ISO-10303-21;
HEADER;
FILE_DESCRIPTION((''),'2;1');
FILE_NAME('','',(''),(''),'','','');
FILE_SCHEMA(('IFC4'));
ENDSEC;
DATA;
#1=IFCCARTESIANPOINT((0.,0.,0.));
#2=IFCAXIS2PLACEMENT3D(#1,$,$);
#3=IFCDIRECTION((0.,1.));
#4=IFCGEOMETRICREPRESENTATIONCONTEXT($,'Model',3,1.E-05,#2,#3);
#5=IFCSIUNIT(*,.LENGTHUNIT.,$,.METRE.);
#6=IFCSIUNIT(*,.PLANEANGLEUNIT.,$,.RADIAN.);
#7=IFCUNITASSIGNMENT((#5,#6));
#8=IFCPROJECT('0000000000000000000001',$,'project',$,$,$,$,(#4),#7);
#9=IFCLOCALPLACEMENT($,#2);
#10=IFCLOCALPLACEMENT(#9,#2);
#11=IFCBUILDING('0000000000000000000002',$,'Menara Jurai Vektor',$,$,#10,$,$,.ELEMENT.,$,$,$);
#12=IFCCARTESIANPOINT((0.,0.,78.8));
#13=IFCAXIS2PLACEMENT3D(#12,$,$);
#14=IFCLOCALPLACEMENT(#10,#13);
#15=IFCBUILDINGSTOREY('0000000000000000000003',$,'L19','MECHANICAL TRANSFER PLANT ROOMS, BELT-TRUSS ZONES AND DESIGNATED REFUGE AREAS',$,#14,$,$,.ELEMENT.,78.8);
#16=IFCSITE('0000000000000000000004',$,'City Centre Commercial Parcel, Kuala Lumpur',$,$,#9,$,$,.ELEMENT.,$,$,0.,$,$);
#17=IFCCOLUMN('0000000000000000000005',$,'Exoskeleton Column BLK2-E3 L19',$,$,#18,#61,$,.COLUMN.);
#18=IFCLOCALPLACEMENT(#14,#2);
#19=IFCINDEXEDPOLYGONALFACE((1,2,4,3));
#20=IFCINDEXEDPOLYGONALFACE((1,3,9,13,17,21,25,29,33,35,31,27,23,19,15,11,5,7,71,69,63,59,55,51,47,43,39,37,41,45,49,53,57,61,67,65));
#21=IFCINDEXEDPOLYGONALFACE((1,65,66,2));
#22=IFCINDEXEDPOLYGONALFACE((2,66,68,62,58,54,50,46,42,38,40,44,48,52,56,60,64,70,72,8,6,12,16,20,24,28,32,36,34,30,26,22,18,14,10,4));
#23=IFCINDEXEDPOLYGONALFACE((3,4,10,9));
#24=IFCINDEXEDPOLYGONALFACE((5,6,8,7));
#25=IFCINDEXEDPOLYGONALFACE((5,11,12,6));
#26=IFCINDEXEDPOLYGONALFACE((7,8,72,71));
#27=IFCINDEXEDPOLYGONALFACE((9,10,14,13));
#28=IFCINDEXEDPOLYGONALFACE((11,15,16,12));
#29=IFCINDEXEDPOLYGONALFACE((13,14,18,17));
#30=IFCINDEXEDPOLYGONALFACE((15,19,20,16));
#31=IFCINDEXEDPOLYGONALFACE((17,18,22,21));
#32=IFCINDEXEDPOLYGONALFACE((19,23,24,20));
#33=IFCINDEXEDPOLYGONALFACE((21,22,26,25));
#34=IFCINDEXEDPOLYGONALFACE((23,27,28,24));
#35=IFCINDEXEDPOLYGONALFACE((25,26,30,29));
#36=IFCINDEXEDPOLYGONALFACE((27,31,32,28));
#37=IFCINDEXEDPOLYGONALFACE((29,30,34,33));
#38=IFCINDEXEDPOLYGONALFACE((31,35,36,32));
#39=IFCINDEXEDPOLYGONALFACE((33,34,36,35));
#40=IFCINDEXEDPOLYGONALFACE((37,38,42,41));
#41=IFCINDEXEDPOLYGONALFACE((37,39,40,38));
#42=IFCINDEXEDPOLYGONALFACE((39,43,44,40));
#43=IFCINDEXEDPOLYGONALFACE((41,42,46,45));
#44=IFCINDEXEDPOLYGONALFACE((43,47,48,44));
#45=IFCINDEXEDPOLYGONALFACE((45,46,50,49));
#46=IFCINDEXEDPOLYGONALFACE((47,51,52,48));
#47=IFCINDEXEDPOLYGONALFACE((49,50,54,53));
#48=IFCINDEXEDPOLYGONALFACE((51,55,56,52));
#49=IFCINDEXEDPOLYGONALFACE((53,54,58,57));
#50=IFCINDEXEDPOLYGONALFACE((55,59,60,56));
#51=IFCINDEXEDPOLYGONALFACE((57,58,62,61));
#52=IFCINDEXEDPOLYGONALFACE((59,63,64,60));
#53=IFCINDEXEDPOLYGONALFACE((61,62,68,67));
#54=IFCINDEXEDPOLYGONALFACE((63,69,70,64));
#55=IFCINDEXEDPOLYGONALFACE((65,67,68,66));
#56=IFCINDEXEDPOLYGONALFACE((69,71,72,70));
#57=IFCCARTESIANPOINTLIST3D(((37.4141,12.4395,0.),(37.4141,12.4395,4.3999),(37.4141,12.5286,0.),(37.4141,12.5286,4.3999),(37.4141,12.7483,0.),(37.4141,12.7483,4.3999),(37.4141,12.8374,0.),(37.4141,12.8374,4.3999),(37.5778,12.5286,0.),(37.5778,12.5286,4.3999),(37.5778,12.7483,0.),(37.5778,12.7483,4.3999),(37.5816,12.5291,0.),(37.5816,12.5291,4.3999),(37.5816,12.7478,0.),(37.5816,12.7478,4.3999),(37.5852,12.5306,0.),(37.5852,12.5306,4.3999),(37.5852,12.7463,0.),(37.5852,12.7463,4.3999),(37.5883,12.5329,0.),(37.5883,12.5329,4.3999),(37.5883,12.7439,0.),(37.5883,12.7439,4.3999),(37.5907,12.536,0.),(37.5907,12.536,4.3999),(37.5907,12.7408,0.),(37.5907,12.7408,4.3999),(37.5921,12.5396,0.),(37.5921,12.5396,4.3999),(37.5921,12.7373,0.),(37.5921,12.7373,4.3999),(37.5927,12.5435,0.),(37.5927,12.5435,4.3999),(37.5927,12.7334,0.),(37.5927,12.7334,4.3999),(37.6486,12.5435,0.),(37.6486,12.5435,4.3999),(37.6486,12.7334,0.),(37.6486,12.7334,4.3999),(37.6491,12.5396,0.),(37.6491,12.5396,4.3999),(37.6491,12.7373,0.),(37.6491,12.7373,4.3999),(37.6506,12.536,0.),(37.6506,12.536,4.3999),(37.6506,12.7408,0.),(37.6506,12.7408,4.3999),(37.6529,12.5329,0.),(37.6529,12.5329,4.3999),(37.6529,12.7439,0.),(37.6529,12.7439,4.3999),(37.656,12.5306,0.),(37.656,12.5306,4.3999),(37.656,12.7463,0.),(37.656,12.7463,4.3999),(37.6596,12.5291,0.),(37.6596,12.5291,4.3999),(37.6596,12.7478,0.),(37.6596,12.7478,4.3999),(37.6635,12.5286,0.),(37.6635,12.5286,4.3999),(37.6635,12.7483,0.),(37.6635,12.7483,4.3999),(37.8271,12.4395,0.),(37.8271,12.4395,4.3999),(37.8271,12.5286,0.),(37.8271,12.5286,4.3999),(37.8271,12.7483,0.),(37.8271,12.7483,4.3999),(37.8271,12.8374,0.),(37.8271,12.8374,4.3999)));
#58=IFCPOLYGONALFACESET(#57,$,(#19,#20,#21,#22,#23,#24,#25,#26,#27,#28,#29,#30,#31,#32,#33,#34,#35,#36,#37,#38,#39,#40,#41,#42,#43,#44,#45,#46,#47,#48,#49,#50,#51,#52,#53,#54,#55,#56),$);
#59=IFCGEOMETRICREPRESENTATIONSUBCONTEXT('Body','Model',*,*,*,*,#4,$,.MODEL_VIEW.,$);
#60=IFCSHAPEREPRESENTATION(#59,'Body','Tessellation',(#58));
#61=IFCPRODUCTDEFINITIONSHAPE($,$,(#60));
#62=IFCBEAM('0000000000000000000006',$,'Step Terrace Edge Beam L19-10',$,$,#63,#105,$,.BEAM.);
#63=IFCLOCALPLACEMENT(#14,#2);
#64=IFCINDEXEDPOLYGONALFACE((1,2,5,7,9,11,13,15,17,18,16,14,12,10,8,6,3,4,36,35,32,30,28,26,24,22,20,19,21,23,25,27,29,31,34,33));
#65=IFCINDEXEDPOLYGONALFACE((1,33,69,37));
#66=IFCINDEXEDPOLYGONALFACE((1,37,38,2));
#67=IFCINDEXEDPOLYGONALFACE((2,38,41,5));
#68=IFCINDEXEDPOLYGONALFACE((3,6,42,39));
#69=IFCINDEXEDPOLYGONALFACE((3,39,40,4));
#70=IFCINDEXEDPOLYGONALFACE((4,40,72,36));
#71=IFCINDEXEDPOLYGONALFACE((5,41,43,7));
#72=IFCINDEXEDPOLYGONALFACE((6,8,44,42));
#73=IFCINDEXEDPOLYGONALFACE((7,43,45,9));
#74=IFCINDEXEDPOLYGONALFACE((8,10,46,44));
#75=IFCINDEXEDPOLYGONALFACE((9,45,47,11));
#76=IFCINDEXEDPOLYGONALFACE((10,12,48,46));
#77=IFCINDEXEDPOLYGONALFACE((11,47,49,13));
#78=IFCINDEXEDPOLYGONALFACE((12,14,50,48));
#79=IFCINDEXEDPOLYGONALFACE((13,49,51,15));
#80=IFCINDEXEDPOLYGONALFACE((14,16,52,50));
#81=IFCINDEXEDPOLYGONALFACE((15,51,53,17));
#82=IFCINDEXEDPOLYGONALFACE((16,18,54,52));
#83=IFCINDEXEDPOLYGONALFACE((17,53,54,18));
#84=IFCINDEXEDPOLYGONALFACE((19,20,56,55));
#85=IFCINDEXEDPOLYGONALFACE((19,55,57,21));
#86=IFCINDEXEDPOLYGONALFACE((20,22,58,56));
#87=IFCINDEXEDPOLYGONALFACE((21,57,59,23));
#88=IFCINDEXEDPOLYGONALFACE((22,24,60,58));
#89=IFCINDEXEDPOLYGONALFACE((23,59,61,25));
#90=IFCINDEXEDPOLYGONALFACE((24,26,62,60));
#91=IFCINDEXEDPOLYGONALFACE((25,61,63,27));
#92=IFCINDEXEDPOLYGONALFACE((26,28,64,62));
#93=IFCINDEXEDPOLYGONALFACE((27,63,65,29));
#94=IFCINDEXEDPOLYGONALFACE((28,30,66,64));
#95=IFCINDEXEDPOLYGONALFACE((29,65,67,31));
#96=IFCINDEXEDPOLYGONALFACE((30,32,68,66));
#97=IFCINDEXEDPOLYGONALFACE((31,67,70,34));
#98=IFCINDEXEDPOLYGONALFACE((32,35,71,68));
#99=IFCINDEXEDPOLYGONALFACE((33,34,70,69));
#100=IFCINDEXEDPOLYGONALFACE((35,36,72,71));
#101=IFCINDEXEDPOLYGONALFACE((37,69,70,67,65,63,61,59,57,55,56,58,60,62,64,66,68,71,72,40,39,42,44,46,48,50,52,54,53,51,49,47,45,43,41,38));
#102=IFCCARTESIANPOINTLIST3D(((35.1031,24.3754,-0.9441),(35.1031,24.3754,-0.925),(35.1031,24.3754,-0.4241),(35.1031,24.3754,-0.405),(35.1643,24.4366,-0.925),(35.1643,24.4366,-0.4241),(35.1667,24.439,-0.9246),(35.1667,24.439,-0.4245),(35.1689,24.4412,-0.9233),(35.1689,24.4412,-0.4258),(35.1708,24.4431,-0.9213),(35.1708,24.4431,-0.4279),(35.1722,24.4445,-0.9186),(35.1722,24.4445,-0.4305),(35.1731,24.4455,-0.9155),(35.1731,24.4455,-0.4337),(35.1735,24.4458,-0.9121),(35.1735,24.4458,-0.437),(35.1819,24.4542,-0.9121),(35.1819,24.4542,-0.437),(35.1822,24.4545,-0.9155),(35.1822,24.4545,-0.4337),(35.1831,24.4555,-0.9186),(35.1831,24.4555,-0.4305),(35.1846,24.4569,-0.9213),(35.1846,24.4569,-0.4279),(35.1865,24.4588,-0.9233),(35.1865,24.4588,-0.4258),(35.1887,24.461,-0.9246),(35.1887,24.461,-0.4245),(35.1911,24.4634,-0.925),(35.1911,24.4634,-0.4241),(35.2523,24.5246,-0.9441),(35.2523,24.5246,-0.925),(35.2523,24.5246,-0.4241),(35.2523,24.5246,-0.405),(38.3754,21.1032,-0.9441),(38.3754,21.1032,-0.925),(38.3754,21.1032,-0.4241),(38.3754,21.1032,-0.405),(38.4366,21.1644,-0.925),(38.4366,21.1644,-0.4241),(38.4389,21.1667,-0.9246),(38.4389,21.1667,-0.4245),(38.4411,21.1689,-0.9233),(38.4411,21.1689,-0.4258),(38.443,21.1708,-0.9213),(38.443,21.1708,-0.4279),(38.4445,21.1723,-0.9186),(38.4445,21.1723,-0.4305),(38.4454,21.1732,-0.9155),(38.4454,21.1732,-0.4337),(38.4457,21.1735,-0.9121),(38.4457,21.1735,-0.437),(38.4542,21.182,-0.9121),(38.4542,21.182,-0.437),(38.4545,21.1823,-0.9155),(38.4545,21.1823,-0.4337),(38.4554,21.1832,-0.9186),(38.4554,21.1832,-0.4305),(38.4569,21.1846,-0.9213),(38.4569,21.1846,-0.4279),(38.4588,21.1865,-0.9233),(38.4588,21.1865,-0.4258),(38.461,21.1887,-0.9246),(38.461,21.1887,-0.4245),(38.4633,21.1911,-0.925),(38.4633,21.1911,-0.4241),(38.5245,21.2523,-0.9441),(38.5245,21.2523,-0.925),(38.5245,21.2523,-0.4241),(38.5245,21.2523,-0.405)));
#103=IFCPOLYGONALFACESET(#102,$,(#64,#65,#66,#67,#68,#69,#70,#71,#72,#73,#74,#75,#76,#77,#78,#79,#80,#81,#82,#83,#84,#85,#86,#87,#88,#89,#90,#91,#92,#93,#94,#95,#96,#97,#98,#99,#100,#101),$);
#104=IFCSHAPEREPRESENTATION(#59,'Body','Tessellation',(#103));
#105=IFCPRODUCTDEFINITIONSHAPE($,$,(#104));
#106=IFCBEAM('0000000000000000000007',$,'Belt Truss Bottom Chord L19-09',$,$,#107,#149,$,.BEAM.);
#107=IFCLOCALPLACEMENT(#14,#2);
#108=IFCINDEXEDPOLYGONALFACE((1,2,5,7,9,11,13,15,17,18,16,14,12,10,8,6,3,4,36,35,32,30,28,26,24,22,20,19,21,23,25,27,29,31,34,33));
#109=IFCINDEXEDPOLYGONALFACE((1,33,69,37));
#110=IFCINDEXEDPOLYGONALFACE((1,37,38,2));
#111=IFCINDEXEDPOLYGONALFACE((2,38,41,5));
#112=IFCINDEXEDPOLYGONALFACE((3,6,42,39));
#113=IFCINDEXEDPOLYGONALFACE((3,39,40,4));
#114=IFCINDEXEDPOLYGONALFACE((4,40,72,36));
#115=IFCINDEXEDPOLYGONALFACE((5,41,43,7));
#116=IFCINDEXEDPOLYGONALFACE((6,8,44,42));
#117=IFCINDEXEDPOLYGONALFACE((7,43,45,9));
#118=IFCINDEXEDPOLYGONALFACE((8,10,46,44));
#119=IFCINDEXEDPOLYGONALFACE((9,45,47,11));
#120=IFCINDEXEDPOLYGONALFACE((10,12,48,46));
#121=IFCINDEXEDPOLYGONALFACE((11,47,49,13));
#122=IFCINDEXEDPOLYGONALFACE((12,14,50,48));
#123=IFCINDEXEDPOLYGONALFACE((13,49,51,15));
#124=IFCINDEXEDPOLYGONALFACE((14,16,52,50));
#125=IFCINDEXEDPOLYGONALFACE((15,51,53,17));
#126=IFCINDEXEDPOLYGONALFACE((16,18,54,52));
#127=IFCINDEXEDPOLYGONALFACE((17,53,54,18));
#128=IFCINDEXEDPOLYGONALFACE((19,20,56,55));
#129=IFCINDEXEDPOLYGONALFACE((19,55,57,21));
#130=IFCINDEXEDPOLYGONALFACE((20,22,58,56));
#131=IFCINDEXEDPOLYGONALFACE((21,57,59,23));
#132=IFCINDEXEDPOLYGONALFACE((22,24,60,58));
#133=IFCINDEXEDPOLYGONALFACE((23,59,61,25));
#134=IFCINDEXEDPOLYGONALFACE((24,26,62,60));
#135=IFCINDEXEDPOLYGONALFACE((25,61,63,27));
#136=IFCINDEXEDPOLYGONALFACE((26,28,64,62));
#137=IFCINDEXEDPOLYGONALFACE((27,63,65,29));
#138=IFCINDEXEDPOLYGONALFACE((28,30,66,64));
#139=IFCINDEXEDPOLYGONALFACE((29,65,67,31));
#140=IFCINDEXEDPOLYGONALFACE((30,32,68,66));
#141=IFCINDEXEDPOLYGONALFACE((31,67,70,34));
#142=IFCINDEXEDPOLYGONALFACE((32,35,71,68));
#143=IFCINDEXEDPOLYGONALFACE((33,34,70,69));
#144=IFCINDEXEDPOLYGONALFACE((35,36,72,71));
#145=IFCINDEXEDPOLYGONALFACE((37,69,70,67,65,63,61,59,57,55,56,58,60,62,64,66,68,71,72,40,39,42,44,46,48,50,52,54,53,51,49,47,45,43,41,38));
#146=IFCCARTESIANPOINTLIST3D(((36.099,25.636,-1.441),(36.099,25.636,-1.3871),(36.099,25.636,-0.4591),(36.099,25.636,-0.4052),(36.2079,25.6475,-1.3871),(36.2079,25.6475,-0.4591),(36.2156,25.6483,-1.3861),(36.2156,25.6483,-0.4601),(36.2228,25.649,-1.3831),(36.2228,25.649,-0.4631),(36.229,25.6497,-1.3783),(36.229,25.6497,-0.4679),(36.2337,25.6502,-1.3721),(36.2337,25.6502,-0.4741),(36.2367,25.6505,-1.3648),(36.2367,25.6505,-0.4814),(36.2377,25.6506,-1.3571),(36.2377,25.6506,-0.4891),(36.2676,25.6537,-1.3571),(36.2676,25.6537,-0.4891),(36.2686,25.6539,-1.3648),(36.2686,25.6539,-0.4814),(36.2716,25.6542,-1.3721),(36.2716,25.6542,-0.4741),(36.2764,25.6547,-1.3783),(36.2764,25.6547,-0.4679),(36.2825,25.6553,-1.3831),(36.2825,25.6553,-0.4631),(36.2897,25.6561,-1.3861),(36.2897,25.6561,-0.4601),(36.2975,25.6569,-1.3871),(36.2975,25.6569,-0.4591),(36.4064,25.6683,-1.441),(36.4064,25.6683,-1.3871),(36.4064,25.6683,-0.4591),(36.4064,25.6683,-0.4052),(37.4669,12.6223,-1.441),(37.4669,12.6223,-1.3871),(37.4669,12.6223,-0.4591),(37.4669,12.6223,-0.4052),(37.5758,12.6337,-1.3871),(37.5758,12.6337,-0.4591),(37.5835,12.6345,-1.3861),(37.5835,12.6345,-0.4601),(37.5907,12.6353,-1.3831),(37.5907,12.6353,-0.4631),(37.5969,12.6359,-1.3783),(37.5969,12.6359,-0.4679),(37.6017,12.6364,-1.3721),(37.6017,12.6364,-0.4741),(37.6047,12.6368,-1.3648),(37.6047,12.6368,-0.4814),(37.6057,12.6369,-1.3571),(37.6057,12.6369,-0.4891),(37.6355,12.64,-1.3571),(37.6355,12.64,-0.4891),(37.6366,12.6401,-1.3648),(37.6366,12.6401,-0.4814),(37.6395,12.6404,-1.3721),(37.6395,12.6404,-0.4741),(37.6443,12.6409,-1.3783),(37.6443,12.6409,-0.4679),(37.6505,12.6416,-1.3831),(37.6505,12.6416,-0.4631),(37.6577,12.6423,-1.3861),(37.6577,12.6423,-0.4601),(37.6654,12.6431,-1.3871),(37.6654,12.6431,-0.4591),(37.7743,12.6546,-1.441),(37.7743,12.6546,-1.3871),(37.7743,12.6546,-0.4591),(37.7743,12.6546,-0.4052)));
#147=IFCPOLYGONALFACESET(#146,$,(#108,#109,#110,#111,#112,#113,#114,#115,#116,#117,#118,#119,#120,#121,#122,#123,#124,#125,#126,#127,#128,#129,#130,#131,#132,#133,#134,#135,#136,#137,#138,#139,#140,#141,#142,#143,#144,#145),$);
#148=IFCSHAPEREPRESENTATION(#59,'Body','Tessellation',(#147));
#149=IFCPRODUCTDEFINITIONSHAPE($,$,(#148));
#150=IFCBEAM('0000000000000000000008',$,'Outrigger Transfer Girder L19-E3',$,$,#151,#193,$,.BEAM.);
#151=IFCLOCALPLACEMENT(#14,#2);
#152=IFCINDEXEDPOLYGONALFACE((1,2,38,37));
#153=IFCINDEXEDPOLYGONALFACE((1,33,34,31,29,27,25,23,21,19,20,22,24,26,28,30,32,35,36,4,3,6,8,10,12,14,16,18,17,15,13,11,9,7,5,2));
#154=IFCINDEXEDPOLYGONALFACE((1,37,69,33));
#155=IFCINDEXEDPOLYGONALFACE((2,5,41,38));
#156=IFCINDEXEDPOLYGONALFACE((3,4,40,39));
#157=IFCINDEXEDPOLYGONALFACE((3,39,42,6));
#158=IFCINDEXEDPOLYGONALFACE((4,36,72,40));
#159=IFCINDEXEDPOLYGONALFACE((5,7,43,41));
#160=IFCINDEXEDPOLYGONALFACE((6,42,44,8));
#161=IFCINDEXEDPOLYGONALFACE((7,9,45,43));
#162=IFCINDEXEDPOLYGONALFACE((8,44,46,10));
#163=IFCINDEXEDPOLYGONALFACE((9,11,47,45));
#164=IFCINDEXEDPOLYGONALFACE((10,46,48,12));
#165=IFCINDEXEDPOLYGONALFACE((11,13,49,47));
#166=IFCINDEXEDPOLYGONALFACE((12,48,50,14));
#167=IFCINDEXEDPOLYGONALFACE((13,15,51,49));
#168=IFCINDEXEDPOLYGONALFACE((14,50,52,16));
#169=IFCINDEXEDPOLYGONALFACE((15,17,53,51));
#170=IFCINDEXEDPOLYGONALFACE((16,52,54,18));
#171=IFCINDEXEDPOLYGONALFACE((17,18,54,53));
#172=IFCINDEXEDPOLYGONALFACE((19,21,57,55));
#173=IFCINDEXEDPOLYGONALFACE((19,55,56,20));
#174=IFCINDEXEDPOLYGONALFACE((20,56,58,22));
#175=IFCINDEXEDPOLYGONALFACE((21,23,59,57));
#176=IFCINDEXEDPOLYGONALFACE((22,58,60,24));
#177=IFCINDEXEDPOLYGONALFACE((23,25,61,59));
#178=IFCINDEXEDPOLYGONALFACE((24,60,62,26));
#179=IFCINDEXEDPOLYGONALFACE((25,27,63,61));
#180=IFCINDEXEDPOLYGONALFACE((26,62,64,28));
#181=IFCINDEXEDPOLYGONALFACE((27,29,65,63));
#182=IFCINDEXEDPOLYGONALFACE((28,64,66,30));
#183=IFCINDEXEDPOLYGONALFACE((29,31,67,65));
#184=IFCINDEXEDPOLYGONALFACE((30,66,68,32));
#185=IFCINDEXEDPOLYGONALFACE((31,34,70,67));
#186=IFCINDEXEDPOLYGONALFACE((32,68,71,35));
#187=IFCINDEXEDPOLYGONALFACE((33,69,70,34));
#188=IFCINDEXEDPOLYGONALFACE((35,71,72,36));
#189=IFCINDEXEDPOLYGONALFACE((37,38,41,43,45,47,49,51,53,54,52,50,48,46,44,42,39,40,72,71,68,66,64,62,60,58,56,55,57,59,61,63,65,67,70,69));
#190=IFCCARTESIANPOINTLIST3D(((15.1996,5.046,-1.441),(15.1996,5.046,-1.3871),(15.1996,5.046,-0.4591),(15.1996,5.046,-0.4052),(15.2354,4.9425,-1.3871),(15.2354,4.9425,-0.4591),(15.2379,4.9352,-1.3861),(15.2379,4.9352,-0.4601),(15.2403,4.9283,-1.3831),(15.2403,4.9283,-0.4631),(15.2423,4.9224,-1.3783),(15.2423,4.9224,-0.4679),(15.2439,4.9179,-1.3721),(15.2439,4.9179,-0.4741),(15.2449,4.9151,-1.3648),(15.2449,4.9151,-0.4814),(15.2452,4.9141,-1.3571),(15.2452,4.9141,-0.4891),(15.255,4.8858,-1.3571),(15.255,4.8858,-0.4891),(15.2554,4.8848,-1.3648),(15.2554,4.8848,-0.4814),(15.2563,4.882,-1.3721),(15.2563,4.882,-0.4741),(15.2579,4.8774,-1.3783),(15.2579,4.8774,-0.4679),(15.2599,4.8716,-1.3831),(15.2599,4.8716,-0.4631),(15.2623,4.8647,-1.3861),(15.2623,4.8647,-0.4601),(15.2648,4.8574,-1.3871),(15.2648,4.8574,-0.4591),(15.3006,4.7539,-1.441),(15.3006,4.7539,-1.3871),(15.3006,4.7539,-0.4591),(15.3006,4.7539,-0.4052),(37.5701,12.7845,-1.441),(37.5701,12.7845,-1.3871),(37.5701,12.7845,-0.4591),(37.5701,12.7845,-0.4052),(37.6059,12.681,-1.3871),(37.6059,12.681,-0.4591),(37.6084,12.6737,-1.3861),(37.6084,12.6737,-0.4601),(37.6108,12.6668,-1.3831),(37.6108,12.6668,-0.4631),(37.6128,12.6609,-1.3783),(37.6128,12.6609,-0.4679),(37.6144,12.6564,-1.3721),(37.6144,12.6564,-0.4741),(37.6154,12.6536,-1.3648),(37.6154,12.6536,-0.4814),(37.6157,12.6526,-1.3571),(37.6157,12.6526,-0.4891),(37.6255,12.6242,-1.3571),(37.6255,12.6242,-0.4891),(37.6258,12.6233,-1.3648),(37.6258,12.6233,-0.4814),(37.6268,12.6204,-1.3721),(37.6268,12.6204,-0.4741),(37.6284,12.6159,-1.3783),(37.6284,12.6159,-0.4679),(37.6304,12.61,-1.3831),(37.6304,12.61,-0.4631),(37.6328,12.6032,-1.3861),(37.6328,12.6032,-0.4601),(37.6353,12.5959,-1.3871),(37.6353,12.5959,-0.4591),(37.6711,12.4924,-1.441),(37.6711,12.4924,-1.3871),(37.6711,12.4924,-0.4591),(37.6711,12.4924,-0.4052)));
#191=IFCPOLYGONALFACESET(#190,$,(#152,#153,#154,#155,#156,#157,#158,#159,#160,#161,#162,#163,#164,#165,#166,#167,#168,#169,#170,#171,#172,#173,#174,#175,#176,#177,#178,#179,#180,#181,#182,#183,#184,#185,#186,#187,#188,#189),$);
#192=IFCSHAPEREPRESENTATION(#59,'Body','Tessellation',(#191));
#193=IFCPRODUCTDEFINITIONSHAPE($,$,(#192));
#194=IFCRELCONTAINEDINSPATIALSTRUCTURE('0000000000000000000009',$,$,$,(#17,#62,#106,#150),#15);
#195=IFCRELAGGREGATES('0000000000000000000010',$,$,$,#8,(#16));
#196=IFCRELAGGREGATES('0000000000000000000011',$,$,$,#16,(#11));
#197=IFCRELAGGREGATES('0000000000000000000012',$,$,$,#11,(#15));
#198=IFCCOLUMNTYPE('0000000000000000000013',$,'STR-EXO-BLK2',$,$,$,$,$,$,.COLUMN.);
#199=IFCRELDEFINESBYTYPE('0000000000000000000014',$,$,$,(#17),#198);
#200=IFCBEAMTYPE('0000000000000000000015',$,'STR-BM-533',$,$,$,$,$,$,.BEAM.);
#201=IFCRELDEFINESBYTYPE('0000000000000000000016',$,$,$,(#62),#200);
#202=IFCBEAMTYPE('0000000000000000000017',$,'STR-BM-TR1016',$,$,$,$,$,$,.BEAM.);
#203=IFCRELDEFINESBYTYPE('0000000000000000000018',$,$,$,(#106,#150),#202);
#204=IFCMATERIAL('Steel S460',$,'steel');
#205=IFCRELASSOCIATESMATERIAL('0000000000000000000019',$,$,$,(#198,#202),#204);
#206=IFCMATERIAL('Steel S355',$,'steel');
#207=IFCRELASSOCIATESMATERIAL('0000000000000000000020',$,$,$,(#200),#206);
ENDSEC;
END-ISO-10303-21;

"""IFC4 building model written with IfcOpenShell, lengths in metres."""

from ifc_helpers import new_model, si_unit, direction, frame, origin, origin_2d, place, context, subcontext, project, spatial, i_section, extrude, material, material_profile, profile_set, type_object, element, save


model = new_model("IFC4")

# Units and contexts
model_context = context("Model", 3, precision=1e-05, world=origin(), true_north=direction((0.0, 1.0)))
body_context = subcontext(model_context, "Body", "Model", "MODEL_VIEW")
ifc_project = project(units=[si_unit("LENGTHUNIT", "METRE"), si_unit("PLANEANGLEUNIT", "RADIAN")], contexts=[model_context])

# Site, building, storey
site_placement = place(None, origin())
site = spatial("IfcSite", under=ifc_project, at=site_placement, Name="City Centre Commercial Parcel, Kuala Lumpur", CompositionType="ELEMENT", RefElevation=0.0)
building_placement = place(site_placement, origin())
building = spatial("IfcBuilding", under=site, at=building_placement, Name="Menara Jurai Vektor", CompositionType="ELEMENT")
storey_placement = place(building_placement, frame((0.0, 0.0, 78.8)))
storey = spatial("IfcBuildingStorey", under=building, at=storey_placement, Name="L19", Description="MECHANICAL TRANSFER PLANT ROOMS, BELT-TRUSS ZONES AND DESIGNATED REFUGE AREAS", CompositionType="ELEMENT", Elevation=78.8)

# Column
ifc_material_1 = material(Name="Steel S460", Category="steel")
ifc_material_profile_1 = material_profile(ifc_material_1, i_section(OverallWidth=0.4131, OverallDepth=0.3979, WebThickness=0.0559, FlangeThickness=0.0891, FilletRadius=0.0149, at=origin_2d()), Name="HD 400x744")
ifc_profile_set_1 = profile_set([ifc_material_profile_1], Name="Steel S460")
column_type = type_object("IfcColumnType", Name="STR-EXO-BLK2", PredefinedType="COLUMN", material=ifc_profile_set_1)
column_placement = place(storey_placement, frame((37.6206, 12.6384, 0.0), z_axis=(0.0, 0.0, 1.0), x_axis=(1.0, 0.0, 0.0)))
element("IfcColumn", 1, at=column_placement, inside=storey, type_object=column_type, Name="Exoskeleton Column BLK2-E3 L19", PredefinedType="COLUMN", context=body_context, shape_type="SweptSolid", body=[
    extrude(i_section(OverallWidth=0.4131, OverallDepth=0.3979, WebThickness=0.0559, FlangeThickness=0.0891, FilletRadius=0.0149, at=origin_2d()), origin(), (0.0, 0.0, 1.0), 4.3999),
])

# Beams
ifc_material_2 = material(Name="Steel S355", Category="steel")
ifc_material_profile_2 = material_profile(ifc_material_2, i_section(OverallWidth=0.2109, OverallDepth=0.5391, WebThickness=0.012, FlangeThickness=0.019, FilletRadius=0.0129, at=origin_2d()), Name="UKB 533x210x109")
ifc_profile_set_2 = profile_set([ifc_material_profile_2], Name="Steel S355")
beam_type_1 = type_object("IfcBeamType", Name="STR-BM-533", PredefinedType="BEAM", material=ifc_profile_set_2)
beam_1_placement = place(storey_placement, frame((38.45, 21.1777, -0.6746), z_axis=(-0.707107, 0.707107, 0.0), x_axis=(-0.707107, -0.707107, 0.0)))
element("IfcBeam", 2, at=beam_1_placement, inside=storey, type_object=beam_type_1, Name="Step Terrace Edge Beam L19-10", PredefinedType="BEAM", context=body_context, shape_type="SweptSolid", body=[
    extrude(i_section(OverallWidth=0.2109, OverallDepth=0.5391, WebThickness=0.012, FlangeThickness=0.019, FilletRadius=0.0129, at=origin_2d()), origin(), (0.0, 0.0, 1.0), 4.6277),
])
ifc_material_profile_3 = material_profile(ifc_material_1, i_section(OverallWidth=0.3091, OverallDepth=1.0359, WebThickness=0.03, FlangeThickness=0.054, FilletRadius=0.03, at=origin_2d()), Name="UKB 1016x305x487")
ifc_profile_set_3 = profile_set([ifc_material_profile_3], Name="Steel S460")
beam_type_2 = type_object("IfcBeamType", Name="STR-BM-TR1016", PredefinedType="BEAM", material=ifc_profile_set_3)
beam_2_placement = place(storey_placement, frame((37.6206, 12.6384, -0.9231), z_axis=(-0.104538, 0.994521, 0.0), x_axis=(-0.994521, -0.104538, 0.0)))
element("IfcBeam", 3, at=beam_2_placement, inside=storey, type_object=beam_type_2, Name="Belt Truss Bottom Chord L19-09", PredefinedType="BEAM", context=body_context, shape_type="SweptSolid", body=[
    extrude(i_section(OverallWidth=0.3091, OverallDepth=1.0359, WebThickness=0.03, FlangeThickness=0.054, FilletRadius=0.03, at=origin_2d()), origin(), (0.0, 0.0, 1.0), 13.0854),
])
beam_3_placement = place(storey_placement, frame((37.6206, 12.6384, -0.9231), z_axis=(-0.945053, -0.326916, 0.0), x_axis=(0.326916, -0.945053, 0.0)))
element("IfcBeam", 4, at=beam_3_placement, inside=storey, type_object=beam_type_2, Name="Outrigger Transfer Girder L19-E3", PredefinedType="BEAM", context=body_context, shape_type="SweptSolid", body=[
    extrude(i_section(OverallWidth=0.3091, OverallDepth=1.0359, WebThickness=0.03, FlangeThickness=0.054, FilletRadius=0.03, at=origin_2d()), origin(), (0.0, 0.0, 1.0), 23.6711),
])

save(model, "model.ifc")
